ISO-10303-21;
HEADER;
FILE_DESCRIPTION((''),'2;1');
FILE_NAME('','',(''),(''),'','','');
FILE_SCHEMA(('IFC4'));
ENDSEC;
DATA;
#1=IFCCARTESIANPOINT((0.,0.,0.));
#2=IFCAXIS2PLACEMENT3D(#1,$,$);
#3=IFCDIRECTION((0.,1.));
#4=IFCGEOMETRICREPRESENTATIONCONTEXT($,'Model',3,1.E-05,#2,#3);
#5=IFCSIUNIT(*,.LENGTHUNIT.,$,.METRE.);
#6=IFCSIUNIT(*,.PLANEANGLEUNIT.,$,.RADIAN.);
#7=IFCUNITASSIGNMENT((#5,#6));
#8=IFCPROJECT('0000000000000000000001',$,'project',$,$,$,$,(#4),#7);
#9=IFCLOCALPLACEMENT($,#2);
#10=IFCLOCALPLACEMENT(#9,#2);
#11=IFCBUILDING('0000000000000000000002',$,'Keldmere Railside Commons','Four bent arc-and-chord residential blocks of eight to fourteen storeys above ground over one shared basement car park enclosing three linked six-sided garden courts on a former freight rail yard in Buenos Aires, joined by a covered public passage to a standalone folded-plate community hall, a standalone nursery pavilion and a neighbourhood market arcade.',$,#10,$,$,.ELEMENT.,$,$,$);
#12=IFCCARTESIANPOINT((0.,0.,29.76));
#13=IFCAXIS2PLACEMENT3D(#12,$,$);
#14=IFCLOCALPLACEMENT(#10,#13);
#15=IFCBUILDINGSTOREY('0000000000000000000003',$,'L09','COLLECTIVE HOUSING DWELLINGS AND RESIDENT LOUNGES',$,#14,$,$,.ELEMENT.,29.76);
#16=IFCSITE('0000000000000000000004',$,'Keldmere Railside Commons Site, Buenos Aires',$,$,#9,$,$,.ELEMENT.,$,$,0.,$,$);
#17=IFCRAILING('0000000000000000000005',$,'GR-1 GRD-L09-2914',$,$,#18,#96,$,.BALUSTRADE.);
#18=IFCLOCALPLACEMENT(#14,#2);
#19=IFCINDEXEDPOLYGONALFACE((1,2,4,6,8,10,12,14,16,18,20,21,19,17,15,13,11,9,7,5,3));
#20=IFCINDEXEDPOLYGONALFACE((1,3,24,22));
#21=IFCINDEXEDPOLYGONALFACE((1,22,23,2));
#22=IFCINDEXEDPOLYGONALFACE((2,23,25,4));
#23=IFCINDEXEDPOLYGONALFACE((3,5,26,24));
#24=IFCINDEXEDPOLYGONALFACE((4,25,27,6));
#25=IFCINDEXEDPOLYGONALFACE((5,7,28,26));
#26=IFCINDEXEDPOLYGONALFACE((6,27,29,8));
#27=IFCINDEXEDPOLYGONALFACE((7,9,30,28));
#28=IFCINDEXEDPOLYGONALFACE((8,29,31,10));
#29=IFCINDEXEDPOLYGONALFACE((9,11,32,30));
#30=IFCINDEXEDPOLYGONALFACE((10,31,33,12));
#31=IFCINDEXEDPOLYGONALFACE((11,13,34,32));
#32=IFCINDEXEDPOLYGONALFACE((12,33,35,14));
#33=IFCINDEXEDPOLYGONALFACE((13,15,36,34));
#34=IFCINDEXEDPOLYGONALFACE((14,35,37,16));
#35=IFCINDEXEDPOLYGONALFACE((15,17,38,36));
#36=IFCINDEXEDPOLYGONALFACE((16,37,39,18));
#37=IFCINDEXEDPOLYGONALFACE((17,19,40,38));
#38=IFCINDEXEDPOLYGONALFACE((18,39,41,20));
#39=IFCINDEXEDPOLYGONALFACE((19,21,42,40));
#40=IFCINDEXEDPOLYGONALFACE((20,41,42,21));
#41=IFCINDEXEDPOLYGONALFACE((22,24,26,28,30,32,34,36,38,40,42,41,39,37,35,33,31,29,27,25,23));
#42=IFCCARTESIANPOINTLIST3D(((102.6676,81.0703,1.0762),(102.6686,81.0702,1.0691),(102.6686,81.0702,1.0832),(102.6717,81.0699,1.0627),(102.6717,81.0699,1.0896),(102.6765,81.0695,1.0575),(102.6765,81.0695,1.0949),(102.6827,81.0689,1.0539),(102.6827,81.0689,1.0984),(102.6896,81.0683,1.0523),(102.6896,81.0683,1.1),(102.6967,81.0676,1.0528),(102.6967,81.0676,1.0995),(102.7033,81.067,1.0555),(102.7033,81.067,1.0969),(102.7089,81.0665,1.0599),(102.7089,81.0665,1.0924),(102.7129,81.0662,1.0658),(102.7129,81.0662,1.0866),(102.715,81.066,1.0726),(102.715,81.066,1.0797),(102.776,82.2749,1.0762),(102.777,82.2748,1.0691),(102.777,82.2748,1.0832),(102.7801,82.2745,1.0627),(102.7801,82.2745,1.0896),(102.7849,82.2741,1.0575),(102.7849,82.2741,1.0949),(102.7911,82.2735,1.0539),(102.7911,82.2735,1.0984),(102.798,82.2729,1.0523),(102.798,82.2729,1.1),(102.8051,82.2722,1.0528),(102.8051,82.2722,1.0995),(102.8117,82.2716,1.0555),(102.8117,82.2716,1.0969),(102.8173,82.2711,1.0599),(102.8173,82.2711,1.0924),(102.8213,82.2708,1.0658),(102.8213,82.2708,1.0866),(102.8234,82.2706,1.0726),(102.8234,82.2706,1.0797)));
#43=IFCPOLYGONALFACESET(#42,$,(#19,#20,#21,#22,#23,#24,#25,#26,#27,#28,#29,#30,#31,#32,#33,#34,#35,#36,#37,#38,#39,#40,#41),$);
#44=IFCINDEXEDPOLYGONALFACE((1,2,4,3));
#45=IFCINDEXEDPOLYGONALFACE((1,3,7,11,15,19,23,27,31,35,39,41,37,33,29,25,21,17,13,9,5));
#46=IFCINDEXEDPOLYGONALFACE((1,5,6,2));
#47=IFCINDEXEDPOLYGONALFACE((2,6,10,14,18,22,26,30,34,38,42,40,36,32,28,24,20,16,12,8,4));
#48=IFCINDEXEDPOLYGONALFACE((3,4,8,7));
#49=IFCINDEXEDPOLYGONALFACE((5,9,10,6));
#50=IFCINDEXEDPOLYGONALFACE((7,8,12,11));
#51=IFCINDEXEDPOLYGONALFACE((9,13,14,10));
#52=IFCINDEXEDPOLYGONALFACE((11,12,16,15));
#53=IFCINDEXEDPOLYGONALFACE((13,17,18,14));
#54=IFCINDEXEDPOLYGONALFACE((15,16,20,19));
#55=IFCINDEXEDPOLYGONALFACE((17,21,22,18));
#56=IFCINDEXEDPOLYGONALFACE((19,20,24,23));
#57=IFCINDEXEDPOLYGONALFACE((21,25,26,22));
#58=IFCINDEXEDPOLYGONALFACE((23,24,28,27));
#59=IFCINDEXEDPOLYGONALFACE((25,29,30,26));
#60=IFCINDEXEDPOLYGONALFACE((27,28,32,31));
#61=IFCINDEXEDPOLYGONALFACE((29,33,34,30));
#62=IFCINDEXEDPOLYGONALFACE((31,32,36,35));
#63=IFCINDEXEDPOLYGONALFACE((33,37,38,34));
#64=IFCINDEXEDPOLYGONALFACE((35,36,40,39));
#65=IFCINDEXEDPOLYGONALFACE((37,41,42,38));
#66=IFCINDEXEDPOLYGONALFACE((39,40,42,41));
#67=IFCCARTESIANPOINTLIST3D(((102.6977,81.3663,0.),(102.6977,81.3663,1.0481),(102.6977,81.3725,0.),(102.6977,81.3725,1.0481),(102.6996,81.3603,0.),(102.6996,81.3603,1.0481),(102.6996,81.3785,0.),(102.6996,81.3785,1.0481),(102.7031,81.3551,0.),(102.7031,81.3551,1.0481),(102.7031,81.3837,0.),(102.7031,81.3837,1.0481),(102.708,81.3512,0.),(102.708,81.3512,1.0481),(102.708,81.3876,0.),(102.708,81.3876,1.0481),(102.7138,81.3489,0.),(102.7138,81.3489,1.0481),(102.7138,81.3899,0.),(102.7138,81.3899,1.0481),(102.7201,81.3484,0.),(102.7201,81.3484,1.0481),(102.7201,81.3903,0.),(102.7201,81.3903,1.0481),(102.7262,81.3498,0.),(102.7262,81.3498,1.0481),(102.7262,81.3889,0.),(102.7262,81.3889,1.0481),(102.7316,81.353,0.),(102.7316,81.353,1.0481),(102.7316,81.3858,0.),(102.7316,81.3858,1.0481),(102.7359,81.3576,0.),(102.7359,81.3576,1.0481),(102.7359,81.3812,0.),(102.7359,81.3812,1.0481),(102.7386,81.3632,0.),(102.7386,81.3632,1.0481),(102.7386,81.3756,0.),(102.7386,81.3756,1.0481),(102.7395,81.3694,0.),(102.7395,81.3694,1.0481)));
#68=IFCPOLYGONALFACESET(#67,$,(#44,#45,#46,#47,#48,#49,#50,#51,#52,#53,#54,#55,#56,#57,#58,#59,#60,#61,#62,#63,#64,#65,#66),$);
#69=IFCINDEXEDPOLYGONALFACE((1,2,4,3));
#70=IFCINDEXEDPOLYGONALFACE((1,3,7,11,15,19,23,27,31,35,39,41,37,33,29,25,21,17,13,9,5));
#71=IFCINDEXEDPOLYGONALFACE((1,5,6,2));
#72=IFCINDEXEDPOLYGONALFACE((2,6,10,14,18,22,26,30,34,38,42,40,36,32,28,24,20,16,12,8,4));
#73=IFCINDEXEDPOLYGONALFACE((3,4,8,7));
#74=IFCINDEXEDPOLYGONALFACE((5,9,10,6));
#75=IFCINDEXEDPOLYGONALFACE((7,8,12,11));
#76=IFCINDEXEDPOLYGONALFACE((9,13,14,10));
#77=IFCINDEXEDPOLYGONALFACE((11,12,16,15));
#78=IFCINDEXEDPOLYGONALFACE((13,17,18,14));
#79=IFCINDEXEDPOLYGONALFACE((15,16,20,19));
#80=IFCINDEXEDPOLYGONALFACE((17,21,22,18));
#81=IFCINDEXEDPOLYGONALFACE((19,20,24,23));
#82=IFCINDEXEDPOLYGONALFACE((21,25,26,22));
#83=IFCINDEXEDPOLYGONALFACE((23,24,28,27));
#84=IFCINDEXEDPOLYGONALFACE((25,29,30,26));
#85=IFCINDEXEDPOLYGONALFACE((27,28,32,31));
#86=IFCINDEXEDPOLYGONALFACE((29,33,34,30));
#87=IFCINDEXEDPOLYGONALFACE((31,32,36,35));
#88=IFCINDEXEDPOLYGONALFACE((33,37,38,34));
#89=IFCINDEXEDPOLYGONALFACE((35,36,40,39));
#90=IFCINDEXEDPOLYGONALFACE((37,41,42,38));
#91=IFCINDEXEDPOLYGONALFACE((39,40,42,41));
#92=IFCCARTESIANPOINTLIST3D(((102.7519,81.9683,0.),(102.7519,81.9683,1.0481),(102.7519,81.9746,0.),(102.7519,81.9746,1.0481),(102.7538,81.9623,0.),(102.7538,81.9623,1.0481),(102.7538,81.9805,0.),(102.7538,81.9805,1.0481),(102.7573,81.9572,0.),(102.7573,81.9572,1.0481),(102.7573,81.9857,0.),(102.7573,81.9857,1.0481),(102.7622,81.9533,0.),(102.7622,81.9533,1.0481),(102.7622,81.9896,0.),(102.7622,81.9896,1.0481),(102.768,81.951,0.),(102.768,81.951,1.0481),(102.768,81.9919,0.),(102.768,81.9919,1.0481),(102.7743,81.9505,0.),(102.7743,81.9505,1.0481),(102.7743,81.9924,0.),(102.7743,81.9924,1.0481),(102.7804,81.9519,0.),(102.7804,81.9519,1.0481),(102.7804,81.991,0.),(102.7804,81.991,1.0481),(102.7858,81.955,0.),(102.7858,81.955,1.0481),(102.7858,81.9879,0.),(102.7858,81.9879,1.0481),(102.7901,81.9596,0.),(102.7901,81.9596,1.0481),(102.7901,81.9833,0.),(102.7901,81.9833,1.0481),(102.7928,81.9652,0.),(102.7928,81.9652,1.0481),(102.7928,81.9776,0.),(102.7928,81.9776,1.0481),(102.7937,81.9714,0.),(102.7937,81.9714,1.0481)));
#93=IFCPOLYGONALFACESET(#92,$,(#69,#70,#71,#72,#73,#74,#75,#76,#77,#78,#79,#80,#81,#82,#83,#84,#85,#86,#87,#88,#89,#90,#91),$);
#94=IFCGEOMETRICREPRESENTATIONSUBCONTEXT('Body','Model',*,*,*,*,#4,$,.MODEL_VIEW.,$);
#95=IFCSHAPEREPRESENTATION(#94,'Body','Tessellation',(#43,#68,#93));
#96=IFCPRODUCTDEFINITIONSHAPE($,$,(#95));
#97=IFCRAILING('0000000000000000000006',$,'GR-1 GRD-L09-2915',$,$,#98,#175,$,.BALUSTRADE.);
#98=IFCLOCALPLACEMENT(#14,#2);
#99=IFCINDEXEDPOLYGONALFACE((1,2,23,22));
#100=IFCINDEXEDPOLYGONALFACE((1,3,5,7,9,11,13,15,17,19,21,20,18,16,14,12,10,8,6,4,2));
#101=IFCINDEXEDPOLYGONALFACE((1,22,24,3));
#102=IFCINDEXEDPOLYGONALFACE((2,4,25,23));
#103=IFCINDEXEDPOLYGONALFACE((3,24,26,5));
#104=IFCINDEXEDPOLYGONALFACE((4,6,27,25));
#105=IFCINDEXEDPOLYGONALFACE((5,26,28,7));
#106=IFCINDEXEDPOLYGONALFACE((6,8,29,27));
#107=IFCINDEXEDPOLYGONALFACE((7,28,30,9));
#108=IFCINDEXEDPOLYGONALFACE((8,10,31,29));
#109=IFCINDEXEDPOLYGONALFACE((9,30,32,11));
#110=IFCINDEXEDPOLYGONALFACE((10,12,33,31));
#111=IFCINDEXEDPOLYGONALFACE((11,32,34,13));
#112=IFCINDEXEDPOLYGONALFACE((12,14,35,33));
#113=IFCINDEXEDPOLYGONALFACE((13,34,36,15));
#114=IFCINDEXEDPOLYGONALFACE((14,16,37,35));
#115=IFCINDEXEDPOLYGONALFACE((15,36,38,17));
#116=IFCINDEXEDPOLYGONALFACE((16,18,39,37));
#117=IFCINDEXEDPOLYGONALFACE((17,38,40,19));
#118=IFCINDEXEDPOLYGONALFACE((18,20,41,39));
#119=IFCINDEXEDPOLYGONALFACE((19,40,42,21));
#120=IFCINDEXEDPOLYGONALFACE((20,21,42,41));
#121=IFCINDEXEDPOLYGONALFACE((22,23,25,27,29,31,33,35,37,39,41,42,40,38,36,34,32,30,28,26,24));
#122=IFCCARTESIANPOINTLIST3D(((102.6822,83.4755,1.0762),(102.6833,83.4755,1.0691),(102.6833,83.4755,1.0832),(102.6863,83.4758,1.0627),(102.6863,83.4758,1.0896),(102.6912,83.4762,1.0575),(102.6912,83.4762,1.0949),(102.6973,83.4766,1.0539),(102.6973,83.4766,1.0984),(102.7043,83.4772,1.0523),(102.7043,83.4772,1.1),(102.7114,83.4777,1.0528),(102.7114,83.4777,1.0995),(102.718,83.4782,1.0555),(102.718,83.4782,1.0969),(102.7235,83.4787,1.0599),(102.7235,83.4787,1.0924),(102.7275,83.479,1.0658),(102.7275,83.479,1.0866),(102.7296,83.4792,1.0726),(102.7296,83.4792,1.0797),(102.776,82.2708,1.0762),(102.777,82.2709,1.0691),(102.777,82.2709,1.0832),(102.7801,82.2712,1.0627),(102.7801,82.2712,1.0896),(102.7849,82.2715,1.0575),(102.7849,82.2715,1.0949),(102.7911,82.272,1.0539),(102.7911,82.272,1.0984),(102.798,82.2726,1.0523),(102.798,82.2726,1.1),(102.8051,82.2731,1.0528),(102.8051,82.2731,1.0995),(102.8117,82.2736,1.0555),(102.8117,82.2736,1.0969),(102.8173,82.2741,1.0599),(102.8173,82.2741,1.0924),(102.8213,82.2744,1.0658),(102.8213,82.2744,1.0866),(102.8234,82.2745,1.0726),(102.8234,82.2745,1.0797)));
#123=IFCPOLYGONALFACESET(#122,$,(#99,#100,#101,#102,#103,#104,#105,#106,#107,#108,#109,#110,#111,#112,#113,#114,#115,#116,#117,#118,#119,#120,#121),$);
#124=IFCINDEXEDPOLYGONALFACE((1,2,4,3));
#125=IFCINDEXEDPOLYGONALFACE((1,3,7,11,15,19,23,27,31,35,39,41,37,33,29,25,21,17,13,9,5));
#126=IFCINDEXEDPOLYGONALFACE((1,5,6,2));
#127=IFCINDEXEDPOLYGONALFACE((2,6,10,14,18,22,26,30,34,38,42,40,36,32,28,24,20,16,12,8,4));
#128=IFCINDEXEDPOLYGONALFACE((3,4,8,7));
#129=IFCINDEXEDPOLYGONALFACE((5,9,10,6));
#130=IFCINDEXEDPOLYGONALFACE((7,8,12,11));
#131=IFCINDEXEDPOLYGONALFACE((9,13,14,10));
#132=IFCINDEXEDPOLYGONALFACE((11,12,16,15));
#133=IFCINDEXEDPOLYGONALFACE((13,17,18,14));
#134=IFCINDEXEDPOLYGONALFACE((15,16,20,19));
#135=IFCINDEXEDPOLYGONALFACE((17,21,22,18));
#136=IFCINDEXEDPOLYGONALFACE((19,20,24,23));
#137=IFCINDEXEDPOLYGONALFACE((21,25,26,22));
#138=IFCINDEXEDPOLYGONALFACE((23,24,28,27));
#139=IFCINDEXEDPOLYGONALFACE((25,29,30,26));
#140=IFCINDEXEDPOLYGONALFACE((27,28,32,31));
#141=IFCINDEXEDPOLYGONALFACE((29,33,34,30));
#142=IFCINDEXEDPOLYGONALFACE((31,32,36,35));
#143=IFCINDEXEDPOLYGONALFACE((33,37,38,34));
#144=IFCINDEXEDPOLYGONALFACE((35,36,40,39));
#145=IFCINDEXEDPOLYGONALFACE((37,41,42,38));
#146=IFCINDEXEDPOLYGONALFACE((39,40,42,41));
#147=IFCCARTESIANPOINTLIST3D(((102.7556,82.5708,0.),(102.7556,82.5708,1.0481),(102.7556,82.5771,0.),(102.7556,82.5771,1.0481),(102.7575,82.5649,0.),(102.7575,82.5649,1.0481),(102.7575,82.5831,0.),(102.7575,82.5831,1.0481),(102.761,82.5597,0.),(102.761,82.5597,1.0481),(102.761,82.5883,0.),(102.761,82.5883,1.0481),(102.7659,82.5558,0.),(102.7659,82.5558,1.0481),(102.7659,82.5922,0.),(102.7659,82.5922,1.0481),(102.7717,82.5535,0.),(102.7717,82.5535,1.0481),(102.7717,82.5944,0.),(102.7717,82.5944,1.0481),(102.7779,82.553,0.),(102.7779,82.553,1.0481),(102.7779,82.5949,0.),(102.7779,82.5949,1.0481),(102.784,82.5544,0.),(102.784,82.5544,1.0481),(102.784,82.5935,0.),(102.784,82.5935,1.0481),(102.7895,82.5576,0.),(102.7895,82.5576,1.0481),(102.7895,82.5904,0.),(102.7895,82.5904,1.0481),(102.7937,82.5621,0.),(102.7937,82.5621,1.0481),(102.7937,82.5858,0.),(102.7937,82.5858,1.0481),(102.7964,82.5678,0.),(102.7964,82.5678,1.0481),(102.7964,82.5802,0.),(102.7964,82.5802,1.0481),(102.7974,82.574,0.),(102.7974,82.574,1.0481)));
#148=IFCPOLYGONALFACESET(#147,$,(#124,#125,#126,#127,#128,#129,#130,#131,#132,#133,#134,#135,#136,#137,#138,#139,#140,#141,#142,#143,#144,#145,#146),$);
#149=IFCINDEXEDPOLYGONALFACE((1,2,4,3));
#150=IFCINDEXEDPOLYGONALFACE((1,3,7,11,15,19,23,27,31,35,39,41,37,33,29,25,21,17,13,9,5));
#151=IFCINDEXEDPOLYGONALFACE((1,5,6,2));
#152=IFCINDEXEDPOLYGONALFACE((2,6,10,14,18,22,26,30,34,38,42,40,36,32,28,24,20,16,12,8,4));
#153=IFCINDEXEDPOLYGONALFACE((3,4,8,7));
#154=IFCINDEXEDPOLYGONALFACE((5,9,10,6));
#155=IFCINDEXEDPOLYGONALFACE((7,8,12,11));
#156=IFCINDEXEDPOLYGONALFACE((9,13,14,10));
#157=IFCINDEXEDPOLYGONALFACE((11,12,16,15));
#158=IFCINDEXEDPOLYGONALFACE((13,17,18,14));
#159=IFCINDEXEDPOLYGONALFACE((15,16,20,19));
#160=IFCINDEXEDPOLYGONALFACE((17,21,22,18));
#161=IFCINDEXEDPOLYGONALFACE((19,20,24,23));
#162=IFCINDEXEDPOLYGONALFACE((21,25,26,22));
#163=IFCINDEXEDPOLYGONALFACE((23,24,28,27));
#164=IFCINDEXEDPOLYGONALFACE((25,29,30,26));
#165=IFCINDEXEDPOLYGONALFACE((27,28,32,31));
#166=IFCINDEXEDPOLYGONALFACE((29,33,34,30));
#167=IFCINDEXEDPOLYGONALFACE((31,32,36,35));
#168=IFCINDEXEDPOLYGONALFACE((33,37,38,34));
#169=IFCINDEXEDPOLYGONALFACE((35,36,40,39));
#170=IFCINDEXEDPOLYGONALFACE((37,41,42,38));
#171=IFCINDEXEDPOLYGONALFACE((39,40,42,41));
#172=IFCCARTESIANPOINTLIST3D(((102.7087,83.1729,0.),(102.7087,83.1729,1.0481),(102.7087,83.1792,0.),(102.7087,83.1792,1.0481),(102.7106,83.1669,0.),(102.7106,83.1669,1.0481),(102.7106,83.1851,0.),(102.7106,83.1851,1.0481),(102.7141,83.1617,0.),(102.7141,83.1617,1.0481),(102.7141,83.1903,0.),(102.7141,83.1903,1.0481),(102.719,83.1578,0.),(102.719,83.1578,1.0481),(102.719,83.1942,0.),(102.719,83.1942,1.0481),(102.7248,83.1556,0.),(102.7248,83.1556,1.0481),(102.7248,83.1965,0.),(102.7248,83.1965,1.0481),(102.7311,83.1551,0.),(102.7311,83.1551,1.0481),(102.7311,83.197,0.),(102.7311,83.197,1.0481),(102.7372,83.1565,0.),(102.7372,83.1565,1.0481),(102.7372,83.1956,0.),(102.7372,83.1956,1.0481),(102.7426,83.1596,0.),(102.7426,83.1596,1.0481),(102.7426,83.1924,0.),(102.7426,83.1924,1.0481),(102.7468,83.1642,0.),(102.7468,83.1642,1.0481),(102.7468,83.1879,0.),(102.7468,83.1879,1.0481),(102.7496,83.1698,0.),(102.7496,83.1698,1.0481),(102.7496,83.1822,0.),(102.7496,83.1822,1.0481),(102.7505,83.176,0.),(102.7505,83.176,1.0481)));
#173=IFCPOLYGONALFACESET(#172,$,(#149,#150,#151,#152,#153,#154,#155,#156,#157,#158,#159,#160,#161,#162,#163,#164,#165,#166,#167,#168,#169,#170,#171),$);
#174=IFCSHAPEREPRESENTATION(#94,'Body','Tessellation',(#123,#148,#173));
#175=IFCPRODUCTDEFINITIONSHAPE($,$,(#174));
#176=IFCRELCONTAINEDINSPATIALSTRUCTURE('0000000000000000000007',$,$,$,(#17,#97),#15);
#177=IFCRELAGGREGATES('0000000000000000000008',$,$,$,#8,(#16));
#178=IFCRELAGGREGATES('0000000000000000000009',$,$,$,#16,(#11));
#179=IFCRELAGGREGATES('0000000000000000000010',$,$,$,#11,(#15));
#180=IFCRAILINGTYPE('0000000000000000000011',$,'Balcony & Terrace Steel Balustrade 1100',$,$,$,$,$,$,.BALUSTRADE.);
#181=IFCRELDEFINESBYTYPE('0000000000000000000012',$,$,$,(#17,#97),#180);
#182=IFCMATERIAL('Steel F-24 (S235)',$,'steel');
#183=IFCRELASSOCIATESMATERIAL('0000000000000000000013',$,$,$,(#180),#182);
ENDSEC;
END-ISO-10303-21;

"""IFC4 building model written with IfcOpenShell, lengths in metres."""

from ifc_helpers import new_model, si_unit, direction, frame, origin, origin_2d, place, context, subcontext, project, spatial, circle, extrude, material, type_object, element, save


model = new_model("IFC4")

# Units and contexts
model_context = context("Model", 3, precision=1e-05, world=origin(), true_north=direction((0.0, 1.0)))
body_context = subcontext(model_context, "Body", "Model", "MODEL_VIEW")
ifc_project = project(units=[si_unit("LENGTHUNIT", "METRE"), si_unit("PLANEANGLEUNIT", "RADIAN")], contexts=[model_context])

# Site, building, storey
site_placement = place(None, origin())
site = spatial("IfcSite", under=ifc_project, at=site_placement, Name="Keldmere Railside Commons Site, Buenos Aires", CompositionType="ELEMENT", RefElevation=0.0)
building_placement = place(site_placement, origin())
building = spatial("IfcBuilding", under=site, at=building_placement, Name="Keldmere Railside Commons", Description="Four bent arc-and-chord residential blocks of eight to fourteen storeys above ground over one shared basement car park enclosing three linked six-sided garden courts on a former freight rail yard in Buenos Aires, joined by a covered public passage to a standalone folded-plate community hall, a standalone nursery pavilion and a neighbourhood market arcade.", CompositionType="ELEMENT")
storey_placement = place(building_placement, frame((0.0, 0.0, 29.76)))
storey = spatial("IfcBuildingStorey", under=building, at=storey_placement, Name="L09", Description="COLLECTIVE HOUSING DWELLINGS AND RESIDENT LOUNGES", CompositionType="ELEMENT", Elevation=29.76)

# Shared definitions
ifc_material_1 = material(Name="Steel F-24 (S235)", Category="steel")

# Railings
railing_type = type_object("IfcRailingType", Name="Balcony & Terrace Steel Balustrade 1100", PredefinedType="BALUSTRADE", material=ifc_material_1)
railing_1_placement = place(storey_placement, frame((102.6914, 81.0681, 0.0)))
element("IfcRailing", 1, at=railing_1_placement, inside=storey, type_object=railing_type, Name="GR-1 GRD-L09-2914", PredefinedType="BALUSTRADE", context=body_context, shape_type="SweptSolid", body=[
    extrude(circle(Radius=0.0239, at=origin_2d()), frame((0.0, 0.0, 1.0762), z_axis=(0.089626, 0.995976, 0.0), x_axis=(-0.995976, 0.089626, 0.0)), (0.0, 0.0, 1.0), 1.2095),
    extrude(circle(Radius=0.021, at=origin_2d()), frame((0.0271, 0.3013, 0.0)), (0.0, 0.0, 1.0), 1.0481),
    extrude(circle(Radius=0.021, at=origin_2d()), frame((0.0813, 0.9033, 0.0)), (0.0, 0.0, 1.0), 1.0481),
])
railing_2_placement = place(storey_placement, frame((102.7998, 82.2727, 0.0)))
element("IfcRailing", 2, at=railing_2_placement, inside=storey, type_object=railing_type, Name="GR-1 GRD-L09-2915", PredefinedType="BALUSTRADE", context=body_context, shape_type="SweptSolid", body=[
    extrude(circle(Radius=0.0239, at=origin_2d()), frame((0.0, 0.0, 1.0762), z_axis=(-0.077593, 0.996985, 0.0), x_axis=(-0.996985, -0.077593, 0.0)), (0.0, 0.0, 1.0), 1.2083),
    extrude(circle(Radius=0.021, at=origin_2d()), frame((-0.0234, 0.3013, 0.0)), (0.0, 0.0, 1.0), 1.0481),
    extrude(circle(Radius=0.021, at=origin_2d()), frame((-0.0703, 0.9033, 0.0)), (0.0, 0.0, 1.0), 1.0481),
])

save(model, "model.ifc")
